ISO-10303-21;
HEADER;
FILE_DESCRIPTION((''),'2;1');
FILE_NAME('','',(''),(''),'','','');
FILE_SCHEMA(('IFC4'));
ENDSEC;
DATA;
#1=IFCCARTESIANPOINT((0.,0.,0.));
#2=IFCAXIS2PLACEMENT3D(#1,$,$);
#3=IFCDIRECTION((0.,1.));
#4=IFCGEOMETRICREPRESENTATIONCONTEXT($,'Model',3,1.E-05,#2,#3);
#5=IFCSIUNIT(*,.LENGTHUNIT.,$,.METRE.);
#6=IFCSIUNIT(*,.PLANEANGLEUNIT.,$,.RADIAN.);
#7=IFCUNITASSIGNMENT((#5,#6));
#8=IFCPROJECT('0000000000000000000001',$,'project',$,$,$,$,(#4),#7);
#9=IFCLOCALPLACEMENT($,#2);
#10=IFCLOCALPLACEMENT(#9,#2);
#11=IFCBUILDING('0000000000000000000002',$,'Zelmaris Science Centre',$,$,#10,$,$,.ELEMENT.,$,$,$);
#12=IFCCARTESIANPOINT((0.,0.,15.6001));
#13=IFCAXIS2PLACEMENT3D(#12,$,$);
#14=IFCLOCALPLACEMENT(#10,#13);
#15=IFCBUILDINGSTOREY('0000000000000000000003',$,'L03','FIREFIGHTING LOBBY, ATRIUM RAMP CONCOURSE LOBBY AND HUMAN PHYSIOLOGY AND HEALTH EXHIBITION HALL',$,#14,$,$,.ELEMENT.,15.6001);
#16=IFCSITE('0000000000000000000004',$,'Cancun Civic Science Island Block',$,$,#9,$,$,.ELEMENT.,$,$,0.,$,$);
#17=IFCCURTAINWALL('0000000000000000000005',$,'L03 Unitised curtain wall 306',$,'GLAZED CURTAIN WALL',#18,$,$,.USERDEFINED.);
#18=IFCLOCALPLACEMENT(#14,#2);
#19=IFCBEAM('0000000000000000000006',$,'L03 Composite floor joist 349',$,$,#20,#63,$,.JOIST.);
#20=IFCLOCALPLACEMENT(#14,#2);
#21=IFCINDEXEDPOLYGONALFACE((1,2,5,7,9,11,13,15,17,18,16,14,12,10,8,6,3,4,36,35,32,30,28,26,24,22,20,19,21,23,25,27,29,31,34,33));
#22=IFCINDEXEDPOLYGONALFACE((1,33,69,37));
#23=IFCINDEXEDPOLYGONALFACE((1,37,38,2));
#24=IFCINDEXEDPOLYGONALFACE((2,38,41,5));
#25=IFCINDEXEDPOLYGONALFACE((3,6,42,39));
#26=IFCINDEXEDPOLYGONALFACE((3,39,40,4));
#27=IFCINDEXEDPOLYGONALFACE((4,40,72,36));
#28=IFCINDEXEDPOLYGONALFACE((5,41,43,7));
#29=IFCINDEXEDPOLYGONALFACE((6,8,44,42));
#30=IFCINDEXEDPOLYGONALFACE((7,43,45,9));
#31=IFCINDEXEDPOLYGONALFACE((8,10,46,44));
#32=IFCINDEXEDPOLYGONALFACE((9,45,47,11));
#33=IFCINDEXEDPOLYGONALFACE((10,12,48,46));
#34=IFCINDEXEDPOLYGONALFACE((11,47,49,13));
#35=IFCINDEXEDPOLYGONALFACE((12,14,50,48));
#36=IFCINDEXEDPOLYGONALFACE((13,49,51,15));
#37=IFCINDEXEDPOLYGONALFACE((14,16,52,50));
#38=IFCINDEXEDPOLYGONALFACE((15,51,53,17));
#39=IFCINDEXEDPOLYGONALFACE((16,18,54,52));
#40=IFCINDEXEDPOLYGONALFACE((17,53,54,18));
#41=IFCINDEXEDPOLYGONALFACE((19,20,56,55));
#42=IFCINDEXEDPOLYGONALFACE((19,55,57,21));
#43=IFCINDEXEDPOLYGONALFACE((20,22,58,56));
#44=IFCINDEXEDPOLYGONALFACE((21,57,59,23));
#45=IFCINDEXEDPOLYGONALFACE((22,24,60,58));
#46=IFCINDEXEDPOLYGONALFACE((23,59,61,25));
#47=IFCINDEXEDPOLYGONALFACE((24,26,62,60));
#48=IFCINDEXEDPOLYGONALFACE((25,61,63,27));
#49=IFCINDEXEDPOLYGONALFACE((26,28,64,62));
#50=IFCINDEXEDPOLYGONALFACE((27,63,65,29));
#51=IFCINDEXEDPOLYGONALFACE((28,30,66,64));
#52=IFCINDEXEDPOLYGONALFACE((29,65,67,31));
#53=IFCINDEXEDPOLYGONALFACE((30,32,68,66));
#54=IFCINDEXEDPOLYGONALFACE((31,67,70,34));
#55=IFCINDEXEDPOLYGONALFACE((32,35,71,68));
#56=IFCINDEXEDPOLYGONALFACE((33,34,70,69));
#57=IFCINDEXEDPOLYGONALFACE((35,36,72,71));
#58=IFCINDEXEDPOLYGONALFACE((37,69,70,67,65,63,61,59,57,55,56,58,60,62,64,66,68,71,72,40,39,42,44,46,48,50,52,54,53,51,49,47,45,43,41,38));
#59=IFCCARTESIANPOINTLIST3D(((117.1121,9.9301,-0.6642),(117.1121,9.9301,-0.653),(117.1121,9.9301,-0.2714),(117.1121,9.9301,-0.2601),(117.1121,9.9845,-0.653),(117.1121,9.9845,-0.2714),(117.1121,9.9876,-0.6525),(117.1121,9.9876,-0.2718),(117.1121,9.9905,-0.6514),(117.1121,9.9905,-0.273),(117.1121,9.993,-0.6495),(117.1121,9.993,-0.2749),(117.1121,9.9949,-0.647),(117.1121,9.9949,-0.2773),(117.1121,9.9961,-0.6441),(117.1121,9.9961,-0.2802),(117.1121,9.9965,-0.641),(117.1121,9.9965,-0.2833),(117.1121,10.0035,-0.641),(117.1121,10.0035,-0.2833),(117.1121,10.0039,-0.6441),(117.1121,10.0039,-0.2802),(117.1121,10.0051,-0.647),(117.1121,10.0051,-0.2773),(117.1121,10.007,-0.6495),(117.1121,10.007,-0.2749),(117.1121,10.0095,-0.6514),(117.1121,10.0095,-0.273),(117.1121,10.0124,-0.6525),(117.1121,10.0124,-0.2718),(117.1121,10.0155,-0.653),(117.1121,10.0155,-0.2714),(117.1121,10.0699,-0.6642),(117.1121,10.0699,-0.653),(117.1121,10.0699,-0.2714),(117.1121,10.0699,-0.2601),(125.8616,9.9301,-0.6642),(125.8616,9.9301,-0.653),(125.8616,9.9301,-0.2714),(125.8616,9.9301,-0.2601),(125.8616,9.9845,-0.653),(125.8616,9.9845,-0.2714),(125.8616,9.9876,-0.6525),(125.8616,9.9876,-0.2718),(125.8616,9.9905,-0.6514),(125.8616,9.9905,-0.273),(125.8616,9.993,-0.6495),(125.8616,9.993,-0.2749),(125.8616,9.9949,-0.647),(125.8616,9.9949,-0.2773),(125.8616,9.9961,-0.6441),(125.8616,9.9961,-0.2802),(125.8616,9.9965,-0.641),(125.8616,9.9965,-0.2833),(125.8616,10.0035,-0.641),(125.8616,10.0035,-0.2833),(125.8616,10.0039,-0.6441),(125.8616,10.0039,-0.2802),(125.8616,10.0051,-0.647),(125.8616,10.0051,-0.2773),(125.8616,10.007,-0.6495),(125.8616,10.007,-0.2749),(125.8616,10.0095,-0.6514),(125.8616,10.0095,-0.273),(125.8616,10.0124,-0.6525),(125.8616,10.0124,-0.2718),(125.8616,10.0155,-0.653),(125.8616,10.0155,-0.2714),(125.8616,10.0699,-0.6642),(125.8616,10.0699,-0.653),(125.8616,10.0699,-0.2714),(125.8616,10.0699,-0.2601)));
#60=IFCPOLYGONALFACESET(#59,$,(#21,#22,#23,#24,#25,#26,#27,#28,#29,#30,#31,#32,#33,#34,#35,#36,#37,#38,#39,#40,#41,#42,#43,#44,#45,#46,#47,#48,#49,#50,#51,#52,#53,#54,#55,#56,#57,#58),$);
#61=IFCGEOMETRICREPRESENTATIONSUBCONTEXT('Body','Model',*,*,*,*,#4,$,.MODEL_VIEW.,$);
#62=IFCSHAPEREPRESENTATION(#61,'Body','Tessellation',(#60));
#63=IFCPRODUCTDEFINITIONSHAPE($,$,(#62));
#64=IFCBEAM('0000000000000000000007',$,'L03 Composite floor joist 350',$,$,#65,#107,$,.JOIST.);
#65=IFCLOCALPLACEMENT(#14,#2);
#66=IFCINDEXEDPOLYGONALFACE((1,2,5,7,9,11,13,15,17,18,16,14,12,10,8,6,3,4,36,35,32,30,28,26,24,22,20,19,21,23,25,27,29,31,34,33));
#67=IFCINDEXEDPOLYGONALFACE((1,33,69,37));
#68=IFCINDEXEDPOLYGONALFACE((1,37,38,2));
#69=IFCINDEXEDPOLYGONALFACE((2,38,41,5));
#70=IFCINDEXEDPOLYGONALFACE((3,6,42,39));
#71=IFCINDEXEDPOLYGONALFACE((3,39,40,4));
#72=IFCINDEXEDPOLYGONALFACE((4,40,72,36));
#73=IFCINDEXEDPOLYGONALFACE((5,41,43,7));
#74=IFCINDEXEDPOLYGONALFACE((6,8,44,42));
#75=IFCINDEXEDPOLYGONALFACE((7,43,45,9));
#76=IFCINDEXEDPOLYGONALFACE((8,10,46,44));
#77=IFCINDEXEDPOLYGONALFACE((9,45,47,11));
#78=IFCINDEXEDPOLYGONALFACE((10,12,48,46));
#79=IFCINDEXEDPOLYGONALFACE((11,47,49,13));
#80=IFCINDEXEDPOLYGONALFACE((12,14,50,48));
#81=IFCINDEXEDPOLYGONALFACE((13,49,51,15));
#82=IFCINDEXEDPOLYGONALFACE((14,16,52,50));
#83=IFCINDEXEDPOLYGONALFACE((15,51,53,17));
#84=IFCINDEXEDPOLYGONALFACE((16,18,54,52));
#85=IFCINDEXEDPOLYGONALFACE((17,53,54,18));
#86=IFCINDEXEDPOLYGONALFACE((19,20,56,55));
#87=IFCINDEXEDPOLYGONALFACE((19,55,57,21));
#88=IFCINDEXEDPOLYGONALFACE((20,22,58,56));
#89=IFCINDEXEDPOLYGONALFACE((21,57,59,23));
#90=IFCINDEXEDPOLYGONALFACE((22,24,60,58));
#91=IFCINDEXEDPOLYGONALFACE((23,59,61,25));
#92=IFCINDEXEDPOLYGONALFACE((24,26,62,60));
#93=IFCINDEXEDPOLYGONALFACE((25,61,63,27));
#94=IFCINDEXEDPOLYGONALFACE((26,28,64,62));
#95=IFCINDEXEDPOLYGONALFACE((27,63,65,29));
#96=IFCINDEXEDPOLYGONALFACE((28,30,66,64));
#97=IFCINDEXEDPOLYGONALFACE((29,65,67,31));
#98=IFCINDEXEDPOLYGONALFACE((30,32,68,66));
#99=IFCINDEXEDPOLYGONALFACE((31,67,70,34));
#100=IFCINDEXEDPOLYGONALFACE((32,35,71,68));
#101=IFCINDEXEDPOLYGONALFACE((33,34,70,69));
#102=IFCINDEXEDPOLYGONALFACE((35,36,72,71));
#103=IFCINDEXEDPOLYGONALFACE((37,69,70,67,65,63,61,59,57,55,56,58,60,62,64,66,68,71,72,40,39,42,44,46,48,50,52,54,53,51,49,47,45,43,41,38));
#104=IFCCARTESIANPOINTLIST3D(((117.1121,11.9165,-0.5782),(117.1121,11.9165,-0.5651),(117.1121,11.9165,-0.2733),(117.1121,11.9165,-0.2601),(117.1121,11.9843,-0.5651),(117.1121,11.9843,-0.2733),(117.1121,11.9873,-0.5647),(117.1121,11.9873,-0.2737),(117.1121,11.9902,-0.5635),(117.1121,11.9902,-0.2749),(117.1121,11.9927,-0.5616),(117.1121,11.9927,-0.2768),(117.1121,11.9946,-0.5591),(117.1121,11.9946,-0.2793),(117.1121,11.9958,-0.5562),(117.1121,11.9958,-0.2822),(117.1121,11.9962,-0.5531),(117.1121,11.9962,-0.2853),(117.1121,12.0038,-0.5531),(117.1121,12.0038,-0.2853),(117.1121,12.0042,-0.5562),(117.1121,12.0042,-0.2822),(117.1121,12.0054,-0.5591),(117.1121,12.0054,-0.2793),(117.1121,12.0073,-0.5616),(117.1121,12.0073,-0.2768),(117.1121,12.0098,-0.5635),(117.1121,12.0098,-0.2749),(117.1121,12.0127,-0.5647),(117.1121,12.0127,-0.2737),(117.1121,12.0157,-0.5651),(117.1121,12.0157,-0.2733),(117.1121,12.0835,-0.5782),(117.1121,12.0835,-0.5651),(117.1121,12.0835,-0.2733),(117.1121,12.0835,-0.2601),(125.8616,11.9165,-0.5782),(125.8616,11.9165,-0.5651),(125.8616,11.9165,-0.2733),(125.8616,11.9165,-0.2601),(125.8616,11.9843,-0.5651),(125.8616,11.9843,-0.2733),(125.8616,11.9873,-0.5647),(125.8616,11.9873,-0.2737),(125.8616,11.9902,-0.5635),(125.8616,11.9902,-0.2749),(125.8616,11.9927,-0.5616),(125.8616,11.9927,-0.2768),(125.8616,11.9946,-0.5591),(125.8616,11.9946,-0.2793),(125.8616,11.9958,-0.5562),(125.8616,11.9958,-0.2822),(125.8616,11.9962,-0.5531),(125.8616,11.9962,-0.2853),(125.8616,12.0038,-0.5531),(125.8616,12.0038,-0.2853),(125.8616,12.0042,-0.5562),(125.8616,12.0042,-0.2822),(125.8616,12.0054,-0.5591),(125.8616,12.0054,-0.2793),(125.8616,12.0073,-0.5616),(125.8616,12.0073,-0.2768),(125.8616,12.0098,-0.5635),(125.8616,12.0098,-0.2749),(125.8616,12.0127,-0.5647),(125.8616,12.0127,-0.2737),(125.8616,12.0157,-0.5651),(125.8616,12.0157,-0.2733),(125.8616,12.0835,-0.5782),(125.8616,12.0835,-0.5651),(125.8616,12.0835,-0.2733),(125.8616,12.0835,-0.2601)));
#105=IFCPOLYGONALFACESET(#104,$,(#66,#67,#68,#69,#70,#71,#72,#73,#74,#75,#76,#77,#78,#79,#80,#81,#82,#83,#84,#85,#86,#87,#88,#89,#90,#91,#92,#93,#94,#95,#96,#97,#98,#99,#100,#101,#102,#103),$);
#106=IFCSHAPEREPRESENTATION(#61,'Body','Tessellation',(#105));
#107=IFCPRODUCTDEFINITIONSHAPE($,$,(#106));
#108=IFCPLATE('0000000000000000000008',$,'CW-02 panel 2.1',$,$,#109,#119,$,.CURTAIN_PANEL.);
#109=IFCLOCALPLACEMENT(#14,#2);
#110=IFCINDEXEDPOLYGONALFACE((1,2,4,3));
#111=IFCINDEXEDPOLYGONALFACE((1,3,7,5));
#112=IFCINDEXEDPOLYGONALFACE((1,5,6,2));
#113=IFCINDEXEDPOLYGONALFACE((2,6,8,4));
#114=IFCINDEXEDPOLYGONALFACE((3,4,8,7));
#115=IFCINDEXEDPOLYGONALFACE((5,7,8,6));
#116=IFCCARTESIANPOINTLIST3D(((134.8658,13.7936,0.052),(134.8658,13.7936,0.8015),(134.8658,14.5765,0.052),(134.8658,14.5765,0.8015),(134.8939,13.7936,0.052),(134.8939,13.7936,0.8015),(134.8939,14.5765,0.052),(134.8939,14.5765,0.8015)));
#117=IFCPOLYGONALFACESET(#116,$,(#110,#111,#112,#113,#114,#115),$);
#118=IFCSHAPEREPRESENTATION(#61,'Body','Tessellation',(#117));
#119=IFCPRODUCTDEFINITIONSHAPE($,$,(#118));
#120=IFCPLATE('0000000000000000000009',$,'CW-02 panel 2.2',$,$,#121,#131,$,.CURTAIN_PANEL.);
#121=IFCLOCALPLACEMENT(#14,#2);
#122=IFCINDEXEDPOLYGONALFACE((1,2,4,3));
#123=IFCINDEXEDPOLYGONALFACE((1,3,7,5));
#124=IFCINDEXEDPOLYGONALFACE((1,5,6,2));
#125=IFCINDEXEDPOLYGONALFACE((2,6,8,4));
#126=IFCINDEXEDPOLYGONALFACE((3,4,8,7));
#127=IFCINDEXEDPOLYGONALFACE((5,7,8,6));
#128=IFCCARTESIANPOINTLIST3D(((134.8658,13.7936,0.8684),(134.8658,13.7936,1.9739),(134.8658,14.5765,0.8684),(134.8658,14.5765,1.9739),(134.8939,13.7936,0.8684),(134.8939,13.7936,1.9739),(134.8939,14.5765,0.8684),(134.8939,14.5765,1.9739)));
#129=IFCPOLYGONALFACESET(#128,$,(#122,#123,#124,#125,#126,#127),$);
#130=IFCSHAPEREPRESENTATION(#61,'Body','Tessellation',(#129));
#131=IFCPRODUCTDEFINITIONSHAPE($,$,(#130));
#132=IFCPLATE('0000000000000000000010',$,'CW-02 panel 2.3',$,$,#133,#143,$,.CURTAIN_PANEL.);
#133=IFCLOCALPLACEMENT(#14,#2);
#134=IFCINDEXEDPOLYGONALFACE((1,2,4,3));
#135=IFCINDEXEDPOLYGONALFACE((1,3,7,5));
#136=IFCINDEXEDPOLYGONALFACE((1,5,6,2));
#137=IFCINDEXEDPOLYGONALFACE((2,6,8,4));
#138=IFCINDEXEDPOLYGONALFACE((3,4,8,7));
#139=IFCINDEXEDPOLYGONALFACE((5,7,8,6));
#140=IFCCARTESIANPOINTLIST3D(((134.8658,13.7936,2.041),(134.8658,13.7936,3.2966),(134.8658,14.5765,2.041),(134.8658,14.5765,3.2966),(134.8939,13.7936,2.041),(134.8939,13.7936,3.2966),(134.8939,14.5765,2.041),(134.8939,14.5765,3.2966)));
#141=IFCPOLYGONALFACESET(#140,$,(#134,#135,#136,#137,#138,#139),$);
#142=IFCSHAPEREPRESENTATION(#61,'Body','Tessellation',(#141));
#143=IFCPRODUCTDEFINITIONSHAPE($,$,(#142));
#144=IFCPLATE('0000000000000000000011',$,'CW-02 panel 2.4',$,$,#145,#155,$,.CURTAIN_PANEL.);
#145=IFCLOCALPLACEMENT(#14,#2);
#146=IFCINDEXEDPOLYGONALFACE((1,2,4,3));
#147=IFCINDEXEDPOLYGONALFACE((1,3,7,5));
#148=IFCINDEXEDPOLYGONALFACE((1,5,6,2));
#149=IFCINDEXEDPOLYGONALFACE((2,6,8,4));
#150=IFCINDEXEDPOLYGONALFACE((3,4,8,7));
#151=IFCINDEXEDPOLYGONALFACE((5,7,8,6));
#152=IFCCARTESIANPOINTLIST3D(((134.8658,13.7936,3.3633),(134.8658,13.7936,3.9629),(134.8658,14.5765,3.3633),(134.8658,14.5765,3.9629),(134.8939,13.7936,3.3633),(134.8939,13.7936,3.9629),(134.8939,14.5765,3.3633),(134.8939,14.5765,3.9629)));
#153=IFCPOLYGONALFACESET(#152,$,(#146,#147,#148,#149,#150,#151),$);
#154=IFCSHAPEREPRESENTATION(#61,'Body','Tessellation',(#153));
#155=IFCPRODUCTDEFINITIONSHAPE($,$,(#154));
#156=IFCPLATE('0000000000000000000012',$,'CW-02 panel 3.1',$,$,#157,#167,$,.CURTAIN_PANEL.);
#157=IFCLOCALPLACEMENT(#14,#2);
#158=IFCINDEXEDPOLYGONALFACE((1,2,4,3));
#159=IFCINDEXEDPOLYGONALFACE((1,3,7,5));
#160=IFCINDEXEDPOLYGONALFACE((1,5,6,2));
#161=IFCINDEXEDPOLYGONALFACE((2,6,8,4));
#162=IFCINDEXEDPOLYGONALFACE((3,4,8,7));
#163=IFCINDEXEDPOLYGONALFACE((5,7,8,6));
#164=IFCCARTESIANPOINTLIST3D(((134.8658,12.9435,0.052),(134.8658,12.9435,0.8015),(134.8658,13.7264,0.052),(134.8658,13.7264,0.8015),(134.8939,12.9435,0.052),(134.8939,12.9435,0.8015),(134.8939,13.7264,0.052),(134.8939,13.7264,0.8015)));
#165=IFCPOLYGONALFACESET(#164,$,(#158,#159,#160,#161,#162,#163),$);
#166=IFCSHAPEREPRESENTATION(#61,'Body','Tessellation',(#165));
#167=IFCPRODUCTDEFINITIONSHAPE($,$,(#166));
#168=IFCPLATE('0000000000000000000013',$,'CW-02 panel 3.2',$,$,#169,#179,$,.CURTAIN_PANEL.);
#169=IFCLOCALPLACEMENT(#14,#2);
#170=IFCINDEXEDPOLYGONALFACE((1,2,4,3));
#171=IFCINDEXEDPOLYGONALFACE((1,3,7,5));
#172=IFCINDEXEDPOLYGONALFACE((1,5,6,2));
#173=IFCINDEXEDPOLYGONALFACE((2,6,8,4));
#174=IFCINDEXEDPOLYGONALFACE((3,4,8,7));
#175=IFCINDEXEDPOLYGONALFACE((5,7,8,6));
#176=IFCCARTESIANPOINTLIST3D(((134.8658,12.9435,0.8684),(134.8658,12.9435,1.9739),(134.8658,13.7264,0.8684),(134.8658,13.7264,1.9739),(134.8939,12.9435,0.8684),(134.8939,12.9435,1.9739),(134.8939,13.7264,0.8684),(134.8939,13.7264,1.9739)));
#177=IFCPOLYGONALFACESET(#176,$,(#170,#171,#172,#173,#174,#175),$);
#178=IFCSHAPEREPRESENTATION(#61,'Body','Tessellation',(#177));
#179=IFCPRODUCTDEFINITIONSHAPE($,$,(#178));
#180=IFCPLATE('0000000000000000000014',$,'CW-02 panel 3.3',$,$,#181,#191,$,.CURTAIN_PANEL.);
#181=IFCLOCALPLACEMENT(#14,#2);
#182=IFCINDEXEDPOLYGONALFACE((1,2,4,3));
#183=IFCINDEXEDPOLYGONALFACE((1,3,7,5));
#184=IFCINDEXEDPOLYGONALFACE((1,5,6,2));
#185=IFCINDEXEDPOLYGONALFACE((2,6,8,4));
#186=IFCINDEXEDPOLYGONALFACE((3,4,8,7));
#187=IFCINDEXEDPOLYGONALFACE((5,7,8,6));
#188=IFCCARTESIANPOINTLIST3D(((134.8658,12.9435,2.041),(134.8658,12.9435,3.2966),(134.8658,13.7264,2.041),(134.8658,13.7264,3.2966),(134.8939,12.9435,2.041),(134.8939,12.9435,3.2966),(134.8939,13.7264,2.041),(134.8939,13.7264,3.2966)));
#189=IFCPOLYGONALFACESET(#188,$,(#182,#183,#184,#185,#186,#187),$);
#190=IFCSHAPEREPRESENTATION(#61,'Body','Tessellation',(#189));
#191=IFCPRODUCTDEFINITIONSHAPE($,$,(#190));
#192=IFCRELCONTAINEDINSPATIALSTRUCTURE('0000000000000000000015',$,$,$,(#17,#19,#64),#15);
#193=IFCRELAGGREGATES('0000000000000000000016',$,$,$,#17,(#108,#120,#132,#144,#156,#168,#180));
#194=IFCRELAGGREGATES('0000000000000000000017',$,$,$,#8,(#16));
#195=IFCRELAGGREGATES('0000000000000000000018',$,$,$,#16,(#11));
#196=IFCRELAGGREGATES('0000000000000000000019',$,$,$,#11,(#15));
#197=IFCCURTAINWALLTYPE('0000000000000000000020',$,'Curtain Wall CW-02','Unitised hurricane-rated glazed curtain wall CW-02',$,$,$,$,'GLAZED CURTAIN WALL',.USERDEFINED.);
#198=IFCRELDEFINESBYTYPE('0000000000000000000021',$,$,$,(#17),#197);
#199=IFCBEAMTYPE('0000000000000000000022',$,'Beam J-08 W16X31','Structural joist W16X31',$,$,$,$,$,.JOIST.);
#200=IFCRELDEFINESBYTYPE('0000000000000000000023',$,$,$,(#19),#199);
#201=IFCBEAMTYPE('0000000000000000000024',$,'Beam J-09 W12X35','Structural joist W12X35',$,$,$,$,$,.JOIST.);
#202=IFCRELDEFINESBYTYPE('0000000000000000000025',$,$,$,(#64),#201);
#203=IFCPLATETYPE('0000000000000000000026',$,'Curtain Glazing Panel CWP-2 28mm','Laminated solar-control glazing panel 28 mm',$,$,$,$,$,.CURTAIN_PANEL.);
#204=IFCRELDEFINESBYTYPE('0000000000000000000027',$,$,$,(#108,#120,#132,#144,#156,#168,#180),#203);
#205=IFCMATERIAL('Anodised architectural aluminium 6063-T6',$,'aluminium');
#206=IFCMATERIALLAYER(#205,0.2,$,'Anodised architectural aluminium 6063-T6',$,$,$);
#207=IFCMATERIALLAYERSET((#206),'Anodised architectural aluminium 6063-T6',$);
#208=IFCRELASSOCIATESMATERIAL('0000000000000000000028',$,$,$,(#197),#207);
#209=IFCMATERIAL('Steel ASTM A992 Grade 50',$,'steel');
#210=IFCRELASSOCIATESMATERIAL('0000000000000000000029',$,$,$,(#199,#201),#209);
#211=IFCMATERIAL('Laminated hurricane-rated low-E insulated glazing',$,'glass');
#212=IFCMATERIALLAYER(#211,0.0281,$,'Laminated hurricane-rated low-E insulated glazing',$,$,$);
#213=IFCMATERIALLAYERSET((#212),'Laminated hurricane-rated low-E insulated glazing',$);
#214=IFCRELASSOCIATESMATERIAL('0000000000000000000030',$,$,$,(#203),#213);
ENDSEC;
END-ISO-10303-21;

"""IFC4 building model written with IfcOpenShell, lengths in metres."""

from ifc_helpers import new_model, si_unit, direction, frame, origin, origin_2d, place, context, subcontext, project, spatial, rectangle, i_section, extrude, material, layer, layer_set, material_profile, profile_set, type_object, element, aggregate, save


model = new_model("IFC4")

# Units and contexts
model_context = context("Model", 3, precision=1e-05, world=origin(), true_north=direction((0.0, 1.0)))
body_context = subcontext(model_context, "Body", "Model", "MODEL_VIEW")
ifc_project = project(units=[si_unit("LENGTHUNIT", "METRE"), si_unit("PLANEANGLEUNIT", "RADIAN")], contexts=[model_context])

# Site, building, storey
site_placement = place(None, origin())
site = spatial("IfcSite", under=ifc_project, at=site_placement, Name="Cancun Civic Science Island Block", CompositionType="ELEMENT", RefElevation=0.0)
building_placement = place(site_placement, origin())
building = spatial("IfcBuilding", under=site, at=building_placement, Name="Zelmaris Science Centre", CompositionType="ELEMENT")
storey_placement = place(building_placement, frame((0.0, 0.0, 15.6001)))
storey = spatial("IfcBuildingStorey", under=building, at=storey_placement, Name="L03", Description="FIREFIGHTING LOBBY, ATRIUM RAMP CONCOURSE LOBBY AND HUMAN PHYSIOLOGY AND HEALTH EXHIBITION HALL", CompositionType="ELEMENT", Elevation=15.6001)

# Curtain wall
ifc_material_1 = material(Name="Anodised architectural aluminium 6063-T6", Category="aluminium")
ifc_layer_1 = layer(ifc_material_1, 0.2, Name="Anodised architectural aluminium 6063-T6")
ifc_layer_set_1 = layer_set([ifc_layer_1], Name="Anodised architectural aluminium 6063-T6")
curtain_wall_type = type_object("IfcCurtainWallType", Name="Curtain Wall CW-02", Description="Unitised hurricane-rated glazed curtain wall CW-02", ElementType="GLAZED CURTAIN WALL", PredefinedType="USERDEFINED", material=ifc_layer_set_1)
curtain_wall_placement = place(storey_placement, origin())
curtain_wall = element("IfcCurtainWall", 1, at=curtain_wall_placement, inside=storey, type_object=curtain_wall_type, Name="L03 Unitised curtain wall 306", ObjectType="GLAZED CURTAIN WALL", PredefinedType="USERDEFINED")

# Beams
ifc_material_2 = material(Name="Steel ASTM A992 Grade 50", Category="steel")
ifc_material_profile_1 = material_profile(ifc_material_2, i_section(OverallWidth=0.1399, OverallDepth=0.4041, WebThickness=0.0071, FlangeThickness=0.0112, FilletRadius=0.012, at=origin_2d()), Name="W16X31")
ifc_profile_set_1 = profile_set([ifc_material_profile_1], Name="Steel ASTM A992 Grade 50")
beam_type_1 = type_object("IfcBeamType", Name="Beam J-08 W16X31", Description="Structural joist W16X31", PredefinedType="JOIST", material=ifc_profile_set_1)
beam_1_placement = place(storey_placement, frame((117.1121, 10.0, -0.4622), z_axis=(1.0, 0.0, 0.0), x_axis=(0.0, 1.0, 0.0)))
element("IfcBeam", 2, at=beam_1_placement, inside=storey, type_object=beam_type_1, Name="L03 Composite floor joist 349", PredefinedType="JOIST", context=body_context, shape_type="SweptSolid", body=[
    extrude(i_section(OverallWidth=0.1399, OverallDepth=0.4041, WebThickness=0.0071, FlangeThickness=0.0112, FilletRadius=0.012, at=origin_2d()), origin(), (0.0, 0.0, 1.0), 8.7495),
])
ifc_material_profile_2 = material_profile(ifc_material_2, i_section(OverallWidth=0.167, OverallDepth=0.3181, WebThickness=0.0076, FlangeThickness=0.0132, FilletRadius=0.012, at=origin_2d()), Name="W12X35")
ifc_profile_set_2 = profile_set([ifc_material_profile_2], Name="Steel ASTM A992 Grade 50")
beam_type_2 = type_object("IfcBeamType", Name="Beam J-09 W12X35", Description="Structural joist W12X35", PredefinedType="JOIST", material=ifc_profile_set_2)
beam_2_placement = place(storey_placement, frame((117.1121, 12.0, -0.4192), z_axis=(1.0, 0.0, 0.0), x_axis=(0.0, 1.0, 0.0)))
element("IfcBeam", 3, at=beam_2_placement, inside=storey, type_object=beam_type_2, Name="L03 Composite floor joist 350", PredefinedType="JOIST", context=body_context, shape_type="SweptSolid", body=[
    extrude(i_section(OverallWidth=0.167, OverallDepth=0.3181, WebThickness=0.0076, FlangeThickness=0.0132, FilletRadius=0.012, at=origin_2d()), origin(), (0.0, 0.0, 1.0), 8.7495),
])

# Plates
ifc_material_3 = material(Name="Laminated hurricane-rated low-E insulated glazing", Category="glass")
ifc_layer_2 = layer(ifc_material_3, 0.0281, Name="Laminated hurricane-rated low-E insulated glazing")
ifc_layer_set_2 = layer_set([ifc_layer_2], Name="Laminated hurricane-rated low-E insulated glazing")
plate_type = type_object("IfcPlateType", Name="Curtain Glazing Panel CWP-2 28mm", Description="Laminated solar-control glazing panel 28 mm", PredefinedType="CURTAIN_PANEL", material=ifc_layer_set_2)
plate_1_placement = place(storey_placement, frame((134.8799, 14.1851, 0.052), z_axis=(0.0, 0.0, 1.0), x_axis=(0.0, -1.0, 0.0)))
plate_1 = element("IfcPlate", 4, at=plate_1_placement, type_object=plate_type, Name="CW-02 panel 2.1", PredefinedType="CURTAIN_PANEL", context=body_context, shape_type="SweptSolid", body=[
    extrude(rectangle(XDim=0.783, YDim=0.0281, at=origin_2d()), origin(), (0.0, 0.0, 1.0), 0.7495),
])
plate_2_placement = place(storey_placement, frame((134.8799, 14.1851, 0.8684), z_axis=(0.0, 0.0, 1.0), x_axis=(0.0, -1.0, 0.0)))
plate_2 = element("IfcPlate", 5, at=plate_2_placement, type_object=plate_type, Name="CW-02 panel 2.2", PredefinedType="CURTAIN_PANEL", context=body_context, shape_type="SweptSolid", body=[
    extrude(rectangle(XDim=0.783, YDim=0.0281, at=origin_2d()), origin(), (0.0, 0.0, 1.0), 1.1055),
])
plate_3_placement = place(storey_placement, frame((134.8799, 14.1851, 2.041), z_axis=(0.0, 0.0, 1.0), x_axis=(0.0, -1.0, 0.0)))
plate_3 = element("IfcPlate", 6, at=plate_3_placement, type_object=plate_type, Name="CW-02 panel 2.3", PredefinedType="CURTAIN_PANEL", context=body_context, shape_type="SweptSolid", body=[
    extrude(rectangle(XDim=0.783, YDim=0.0281, at=origin_2d()), origin(), (0.0, 0.0, 1.0), 1.2556),
])
plate_4_placement = place(storey_placement, frame((134.8799, 14.1851, 3.3633), z_axis=(0.0, 0.0, 1.0), x_axis=(0.0, -1.0, 0.0)))
plate_4 = element("IfcPlate", 7, at=plate_4_placement, type_object=plate_type, Name="CW-02 panel 2.4", PredefinedType="CURTAIN_PANEL", context=body_context, shape_type="SweptSolid", body=[
    extrude(rectangle(XDim=0.783, YDim=0.0281, at=origin_2d()), origin(), (0.0, 0.0, 1.0), 0.5996),
])
plate_5_placement = place(storey_placement, frame((134.8799, 13.335, 0.052), z_axis=(0.0, 0.0, 1.0), x_axis=(0.0, -1.0, 0.0)))
plate_5 = element("IfcPlate", 8, at=plate_5_placement, type_object=plate_type, Name="CW-02 panel 3.1", PredefinedType="CURTAIN_PANEL", context=body_context, shape_type="SweptSolid", body=[
    extrude(rectangle(XDim=0.783, YDim=0.0281, at=origin_2d()), origin(), (0.0, 0.0, 1.0), 0.7495),
])
plate_6_placement = place(storey_placement, frame((134.8799, 13.335, 0.8684), z_axis=(0.0, 0.0, 1.0), x_axis=(0.0, -1.0, 0.0)))
plate_6 = element("IfcPlate", 9, at=plate_6_placement, type_object=plate_type, Name="CW-02 panel 3.2", PredefinedType="CURTAIN_PANEL", context=body_context, shape_type="SweptSolid", body=[
    extrude(rectangle(XDim=0.783, YDim=0.0281, at=origin_2d()), origin(), (0.0, 0.0, 1.0), 1.1055),
])
plate_7_placement = place(storey_placement, frame((134.8799, 13.335, 2.041), z_axis=(0.0, 0.0, 1.0), x_axis=(0.0, -1.0, 0.0)))
plate_7 = element("IfcPlate", 10, at=plate_7_placement, type_object=plate_type, Name="CW-02 panel 3.3", PredefinedType="CURTAIN_PANEL", context=body_context, shape_type="SweptSolid", body=[
    extrude(rectangle(XDim=0.783, YDim=0.0281, at=origin_2d()), origin(), (0.0, 0.0, 1.0), 1.2556),
])
aggregate(curtain_wall, [plate_1, plate_2, plate_3, plate_4, plate_5, plate_6, plate_7])

save(model, "model.ifc")
